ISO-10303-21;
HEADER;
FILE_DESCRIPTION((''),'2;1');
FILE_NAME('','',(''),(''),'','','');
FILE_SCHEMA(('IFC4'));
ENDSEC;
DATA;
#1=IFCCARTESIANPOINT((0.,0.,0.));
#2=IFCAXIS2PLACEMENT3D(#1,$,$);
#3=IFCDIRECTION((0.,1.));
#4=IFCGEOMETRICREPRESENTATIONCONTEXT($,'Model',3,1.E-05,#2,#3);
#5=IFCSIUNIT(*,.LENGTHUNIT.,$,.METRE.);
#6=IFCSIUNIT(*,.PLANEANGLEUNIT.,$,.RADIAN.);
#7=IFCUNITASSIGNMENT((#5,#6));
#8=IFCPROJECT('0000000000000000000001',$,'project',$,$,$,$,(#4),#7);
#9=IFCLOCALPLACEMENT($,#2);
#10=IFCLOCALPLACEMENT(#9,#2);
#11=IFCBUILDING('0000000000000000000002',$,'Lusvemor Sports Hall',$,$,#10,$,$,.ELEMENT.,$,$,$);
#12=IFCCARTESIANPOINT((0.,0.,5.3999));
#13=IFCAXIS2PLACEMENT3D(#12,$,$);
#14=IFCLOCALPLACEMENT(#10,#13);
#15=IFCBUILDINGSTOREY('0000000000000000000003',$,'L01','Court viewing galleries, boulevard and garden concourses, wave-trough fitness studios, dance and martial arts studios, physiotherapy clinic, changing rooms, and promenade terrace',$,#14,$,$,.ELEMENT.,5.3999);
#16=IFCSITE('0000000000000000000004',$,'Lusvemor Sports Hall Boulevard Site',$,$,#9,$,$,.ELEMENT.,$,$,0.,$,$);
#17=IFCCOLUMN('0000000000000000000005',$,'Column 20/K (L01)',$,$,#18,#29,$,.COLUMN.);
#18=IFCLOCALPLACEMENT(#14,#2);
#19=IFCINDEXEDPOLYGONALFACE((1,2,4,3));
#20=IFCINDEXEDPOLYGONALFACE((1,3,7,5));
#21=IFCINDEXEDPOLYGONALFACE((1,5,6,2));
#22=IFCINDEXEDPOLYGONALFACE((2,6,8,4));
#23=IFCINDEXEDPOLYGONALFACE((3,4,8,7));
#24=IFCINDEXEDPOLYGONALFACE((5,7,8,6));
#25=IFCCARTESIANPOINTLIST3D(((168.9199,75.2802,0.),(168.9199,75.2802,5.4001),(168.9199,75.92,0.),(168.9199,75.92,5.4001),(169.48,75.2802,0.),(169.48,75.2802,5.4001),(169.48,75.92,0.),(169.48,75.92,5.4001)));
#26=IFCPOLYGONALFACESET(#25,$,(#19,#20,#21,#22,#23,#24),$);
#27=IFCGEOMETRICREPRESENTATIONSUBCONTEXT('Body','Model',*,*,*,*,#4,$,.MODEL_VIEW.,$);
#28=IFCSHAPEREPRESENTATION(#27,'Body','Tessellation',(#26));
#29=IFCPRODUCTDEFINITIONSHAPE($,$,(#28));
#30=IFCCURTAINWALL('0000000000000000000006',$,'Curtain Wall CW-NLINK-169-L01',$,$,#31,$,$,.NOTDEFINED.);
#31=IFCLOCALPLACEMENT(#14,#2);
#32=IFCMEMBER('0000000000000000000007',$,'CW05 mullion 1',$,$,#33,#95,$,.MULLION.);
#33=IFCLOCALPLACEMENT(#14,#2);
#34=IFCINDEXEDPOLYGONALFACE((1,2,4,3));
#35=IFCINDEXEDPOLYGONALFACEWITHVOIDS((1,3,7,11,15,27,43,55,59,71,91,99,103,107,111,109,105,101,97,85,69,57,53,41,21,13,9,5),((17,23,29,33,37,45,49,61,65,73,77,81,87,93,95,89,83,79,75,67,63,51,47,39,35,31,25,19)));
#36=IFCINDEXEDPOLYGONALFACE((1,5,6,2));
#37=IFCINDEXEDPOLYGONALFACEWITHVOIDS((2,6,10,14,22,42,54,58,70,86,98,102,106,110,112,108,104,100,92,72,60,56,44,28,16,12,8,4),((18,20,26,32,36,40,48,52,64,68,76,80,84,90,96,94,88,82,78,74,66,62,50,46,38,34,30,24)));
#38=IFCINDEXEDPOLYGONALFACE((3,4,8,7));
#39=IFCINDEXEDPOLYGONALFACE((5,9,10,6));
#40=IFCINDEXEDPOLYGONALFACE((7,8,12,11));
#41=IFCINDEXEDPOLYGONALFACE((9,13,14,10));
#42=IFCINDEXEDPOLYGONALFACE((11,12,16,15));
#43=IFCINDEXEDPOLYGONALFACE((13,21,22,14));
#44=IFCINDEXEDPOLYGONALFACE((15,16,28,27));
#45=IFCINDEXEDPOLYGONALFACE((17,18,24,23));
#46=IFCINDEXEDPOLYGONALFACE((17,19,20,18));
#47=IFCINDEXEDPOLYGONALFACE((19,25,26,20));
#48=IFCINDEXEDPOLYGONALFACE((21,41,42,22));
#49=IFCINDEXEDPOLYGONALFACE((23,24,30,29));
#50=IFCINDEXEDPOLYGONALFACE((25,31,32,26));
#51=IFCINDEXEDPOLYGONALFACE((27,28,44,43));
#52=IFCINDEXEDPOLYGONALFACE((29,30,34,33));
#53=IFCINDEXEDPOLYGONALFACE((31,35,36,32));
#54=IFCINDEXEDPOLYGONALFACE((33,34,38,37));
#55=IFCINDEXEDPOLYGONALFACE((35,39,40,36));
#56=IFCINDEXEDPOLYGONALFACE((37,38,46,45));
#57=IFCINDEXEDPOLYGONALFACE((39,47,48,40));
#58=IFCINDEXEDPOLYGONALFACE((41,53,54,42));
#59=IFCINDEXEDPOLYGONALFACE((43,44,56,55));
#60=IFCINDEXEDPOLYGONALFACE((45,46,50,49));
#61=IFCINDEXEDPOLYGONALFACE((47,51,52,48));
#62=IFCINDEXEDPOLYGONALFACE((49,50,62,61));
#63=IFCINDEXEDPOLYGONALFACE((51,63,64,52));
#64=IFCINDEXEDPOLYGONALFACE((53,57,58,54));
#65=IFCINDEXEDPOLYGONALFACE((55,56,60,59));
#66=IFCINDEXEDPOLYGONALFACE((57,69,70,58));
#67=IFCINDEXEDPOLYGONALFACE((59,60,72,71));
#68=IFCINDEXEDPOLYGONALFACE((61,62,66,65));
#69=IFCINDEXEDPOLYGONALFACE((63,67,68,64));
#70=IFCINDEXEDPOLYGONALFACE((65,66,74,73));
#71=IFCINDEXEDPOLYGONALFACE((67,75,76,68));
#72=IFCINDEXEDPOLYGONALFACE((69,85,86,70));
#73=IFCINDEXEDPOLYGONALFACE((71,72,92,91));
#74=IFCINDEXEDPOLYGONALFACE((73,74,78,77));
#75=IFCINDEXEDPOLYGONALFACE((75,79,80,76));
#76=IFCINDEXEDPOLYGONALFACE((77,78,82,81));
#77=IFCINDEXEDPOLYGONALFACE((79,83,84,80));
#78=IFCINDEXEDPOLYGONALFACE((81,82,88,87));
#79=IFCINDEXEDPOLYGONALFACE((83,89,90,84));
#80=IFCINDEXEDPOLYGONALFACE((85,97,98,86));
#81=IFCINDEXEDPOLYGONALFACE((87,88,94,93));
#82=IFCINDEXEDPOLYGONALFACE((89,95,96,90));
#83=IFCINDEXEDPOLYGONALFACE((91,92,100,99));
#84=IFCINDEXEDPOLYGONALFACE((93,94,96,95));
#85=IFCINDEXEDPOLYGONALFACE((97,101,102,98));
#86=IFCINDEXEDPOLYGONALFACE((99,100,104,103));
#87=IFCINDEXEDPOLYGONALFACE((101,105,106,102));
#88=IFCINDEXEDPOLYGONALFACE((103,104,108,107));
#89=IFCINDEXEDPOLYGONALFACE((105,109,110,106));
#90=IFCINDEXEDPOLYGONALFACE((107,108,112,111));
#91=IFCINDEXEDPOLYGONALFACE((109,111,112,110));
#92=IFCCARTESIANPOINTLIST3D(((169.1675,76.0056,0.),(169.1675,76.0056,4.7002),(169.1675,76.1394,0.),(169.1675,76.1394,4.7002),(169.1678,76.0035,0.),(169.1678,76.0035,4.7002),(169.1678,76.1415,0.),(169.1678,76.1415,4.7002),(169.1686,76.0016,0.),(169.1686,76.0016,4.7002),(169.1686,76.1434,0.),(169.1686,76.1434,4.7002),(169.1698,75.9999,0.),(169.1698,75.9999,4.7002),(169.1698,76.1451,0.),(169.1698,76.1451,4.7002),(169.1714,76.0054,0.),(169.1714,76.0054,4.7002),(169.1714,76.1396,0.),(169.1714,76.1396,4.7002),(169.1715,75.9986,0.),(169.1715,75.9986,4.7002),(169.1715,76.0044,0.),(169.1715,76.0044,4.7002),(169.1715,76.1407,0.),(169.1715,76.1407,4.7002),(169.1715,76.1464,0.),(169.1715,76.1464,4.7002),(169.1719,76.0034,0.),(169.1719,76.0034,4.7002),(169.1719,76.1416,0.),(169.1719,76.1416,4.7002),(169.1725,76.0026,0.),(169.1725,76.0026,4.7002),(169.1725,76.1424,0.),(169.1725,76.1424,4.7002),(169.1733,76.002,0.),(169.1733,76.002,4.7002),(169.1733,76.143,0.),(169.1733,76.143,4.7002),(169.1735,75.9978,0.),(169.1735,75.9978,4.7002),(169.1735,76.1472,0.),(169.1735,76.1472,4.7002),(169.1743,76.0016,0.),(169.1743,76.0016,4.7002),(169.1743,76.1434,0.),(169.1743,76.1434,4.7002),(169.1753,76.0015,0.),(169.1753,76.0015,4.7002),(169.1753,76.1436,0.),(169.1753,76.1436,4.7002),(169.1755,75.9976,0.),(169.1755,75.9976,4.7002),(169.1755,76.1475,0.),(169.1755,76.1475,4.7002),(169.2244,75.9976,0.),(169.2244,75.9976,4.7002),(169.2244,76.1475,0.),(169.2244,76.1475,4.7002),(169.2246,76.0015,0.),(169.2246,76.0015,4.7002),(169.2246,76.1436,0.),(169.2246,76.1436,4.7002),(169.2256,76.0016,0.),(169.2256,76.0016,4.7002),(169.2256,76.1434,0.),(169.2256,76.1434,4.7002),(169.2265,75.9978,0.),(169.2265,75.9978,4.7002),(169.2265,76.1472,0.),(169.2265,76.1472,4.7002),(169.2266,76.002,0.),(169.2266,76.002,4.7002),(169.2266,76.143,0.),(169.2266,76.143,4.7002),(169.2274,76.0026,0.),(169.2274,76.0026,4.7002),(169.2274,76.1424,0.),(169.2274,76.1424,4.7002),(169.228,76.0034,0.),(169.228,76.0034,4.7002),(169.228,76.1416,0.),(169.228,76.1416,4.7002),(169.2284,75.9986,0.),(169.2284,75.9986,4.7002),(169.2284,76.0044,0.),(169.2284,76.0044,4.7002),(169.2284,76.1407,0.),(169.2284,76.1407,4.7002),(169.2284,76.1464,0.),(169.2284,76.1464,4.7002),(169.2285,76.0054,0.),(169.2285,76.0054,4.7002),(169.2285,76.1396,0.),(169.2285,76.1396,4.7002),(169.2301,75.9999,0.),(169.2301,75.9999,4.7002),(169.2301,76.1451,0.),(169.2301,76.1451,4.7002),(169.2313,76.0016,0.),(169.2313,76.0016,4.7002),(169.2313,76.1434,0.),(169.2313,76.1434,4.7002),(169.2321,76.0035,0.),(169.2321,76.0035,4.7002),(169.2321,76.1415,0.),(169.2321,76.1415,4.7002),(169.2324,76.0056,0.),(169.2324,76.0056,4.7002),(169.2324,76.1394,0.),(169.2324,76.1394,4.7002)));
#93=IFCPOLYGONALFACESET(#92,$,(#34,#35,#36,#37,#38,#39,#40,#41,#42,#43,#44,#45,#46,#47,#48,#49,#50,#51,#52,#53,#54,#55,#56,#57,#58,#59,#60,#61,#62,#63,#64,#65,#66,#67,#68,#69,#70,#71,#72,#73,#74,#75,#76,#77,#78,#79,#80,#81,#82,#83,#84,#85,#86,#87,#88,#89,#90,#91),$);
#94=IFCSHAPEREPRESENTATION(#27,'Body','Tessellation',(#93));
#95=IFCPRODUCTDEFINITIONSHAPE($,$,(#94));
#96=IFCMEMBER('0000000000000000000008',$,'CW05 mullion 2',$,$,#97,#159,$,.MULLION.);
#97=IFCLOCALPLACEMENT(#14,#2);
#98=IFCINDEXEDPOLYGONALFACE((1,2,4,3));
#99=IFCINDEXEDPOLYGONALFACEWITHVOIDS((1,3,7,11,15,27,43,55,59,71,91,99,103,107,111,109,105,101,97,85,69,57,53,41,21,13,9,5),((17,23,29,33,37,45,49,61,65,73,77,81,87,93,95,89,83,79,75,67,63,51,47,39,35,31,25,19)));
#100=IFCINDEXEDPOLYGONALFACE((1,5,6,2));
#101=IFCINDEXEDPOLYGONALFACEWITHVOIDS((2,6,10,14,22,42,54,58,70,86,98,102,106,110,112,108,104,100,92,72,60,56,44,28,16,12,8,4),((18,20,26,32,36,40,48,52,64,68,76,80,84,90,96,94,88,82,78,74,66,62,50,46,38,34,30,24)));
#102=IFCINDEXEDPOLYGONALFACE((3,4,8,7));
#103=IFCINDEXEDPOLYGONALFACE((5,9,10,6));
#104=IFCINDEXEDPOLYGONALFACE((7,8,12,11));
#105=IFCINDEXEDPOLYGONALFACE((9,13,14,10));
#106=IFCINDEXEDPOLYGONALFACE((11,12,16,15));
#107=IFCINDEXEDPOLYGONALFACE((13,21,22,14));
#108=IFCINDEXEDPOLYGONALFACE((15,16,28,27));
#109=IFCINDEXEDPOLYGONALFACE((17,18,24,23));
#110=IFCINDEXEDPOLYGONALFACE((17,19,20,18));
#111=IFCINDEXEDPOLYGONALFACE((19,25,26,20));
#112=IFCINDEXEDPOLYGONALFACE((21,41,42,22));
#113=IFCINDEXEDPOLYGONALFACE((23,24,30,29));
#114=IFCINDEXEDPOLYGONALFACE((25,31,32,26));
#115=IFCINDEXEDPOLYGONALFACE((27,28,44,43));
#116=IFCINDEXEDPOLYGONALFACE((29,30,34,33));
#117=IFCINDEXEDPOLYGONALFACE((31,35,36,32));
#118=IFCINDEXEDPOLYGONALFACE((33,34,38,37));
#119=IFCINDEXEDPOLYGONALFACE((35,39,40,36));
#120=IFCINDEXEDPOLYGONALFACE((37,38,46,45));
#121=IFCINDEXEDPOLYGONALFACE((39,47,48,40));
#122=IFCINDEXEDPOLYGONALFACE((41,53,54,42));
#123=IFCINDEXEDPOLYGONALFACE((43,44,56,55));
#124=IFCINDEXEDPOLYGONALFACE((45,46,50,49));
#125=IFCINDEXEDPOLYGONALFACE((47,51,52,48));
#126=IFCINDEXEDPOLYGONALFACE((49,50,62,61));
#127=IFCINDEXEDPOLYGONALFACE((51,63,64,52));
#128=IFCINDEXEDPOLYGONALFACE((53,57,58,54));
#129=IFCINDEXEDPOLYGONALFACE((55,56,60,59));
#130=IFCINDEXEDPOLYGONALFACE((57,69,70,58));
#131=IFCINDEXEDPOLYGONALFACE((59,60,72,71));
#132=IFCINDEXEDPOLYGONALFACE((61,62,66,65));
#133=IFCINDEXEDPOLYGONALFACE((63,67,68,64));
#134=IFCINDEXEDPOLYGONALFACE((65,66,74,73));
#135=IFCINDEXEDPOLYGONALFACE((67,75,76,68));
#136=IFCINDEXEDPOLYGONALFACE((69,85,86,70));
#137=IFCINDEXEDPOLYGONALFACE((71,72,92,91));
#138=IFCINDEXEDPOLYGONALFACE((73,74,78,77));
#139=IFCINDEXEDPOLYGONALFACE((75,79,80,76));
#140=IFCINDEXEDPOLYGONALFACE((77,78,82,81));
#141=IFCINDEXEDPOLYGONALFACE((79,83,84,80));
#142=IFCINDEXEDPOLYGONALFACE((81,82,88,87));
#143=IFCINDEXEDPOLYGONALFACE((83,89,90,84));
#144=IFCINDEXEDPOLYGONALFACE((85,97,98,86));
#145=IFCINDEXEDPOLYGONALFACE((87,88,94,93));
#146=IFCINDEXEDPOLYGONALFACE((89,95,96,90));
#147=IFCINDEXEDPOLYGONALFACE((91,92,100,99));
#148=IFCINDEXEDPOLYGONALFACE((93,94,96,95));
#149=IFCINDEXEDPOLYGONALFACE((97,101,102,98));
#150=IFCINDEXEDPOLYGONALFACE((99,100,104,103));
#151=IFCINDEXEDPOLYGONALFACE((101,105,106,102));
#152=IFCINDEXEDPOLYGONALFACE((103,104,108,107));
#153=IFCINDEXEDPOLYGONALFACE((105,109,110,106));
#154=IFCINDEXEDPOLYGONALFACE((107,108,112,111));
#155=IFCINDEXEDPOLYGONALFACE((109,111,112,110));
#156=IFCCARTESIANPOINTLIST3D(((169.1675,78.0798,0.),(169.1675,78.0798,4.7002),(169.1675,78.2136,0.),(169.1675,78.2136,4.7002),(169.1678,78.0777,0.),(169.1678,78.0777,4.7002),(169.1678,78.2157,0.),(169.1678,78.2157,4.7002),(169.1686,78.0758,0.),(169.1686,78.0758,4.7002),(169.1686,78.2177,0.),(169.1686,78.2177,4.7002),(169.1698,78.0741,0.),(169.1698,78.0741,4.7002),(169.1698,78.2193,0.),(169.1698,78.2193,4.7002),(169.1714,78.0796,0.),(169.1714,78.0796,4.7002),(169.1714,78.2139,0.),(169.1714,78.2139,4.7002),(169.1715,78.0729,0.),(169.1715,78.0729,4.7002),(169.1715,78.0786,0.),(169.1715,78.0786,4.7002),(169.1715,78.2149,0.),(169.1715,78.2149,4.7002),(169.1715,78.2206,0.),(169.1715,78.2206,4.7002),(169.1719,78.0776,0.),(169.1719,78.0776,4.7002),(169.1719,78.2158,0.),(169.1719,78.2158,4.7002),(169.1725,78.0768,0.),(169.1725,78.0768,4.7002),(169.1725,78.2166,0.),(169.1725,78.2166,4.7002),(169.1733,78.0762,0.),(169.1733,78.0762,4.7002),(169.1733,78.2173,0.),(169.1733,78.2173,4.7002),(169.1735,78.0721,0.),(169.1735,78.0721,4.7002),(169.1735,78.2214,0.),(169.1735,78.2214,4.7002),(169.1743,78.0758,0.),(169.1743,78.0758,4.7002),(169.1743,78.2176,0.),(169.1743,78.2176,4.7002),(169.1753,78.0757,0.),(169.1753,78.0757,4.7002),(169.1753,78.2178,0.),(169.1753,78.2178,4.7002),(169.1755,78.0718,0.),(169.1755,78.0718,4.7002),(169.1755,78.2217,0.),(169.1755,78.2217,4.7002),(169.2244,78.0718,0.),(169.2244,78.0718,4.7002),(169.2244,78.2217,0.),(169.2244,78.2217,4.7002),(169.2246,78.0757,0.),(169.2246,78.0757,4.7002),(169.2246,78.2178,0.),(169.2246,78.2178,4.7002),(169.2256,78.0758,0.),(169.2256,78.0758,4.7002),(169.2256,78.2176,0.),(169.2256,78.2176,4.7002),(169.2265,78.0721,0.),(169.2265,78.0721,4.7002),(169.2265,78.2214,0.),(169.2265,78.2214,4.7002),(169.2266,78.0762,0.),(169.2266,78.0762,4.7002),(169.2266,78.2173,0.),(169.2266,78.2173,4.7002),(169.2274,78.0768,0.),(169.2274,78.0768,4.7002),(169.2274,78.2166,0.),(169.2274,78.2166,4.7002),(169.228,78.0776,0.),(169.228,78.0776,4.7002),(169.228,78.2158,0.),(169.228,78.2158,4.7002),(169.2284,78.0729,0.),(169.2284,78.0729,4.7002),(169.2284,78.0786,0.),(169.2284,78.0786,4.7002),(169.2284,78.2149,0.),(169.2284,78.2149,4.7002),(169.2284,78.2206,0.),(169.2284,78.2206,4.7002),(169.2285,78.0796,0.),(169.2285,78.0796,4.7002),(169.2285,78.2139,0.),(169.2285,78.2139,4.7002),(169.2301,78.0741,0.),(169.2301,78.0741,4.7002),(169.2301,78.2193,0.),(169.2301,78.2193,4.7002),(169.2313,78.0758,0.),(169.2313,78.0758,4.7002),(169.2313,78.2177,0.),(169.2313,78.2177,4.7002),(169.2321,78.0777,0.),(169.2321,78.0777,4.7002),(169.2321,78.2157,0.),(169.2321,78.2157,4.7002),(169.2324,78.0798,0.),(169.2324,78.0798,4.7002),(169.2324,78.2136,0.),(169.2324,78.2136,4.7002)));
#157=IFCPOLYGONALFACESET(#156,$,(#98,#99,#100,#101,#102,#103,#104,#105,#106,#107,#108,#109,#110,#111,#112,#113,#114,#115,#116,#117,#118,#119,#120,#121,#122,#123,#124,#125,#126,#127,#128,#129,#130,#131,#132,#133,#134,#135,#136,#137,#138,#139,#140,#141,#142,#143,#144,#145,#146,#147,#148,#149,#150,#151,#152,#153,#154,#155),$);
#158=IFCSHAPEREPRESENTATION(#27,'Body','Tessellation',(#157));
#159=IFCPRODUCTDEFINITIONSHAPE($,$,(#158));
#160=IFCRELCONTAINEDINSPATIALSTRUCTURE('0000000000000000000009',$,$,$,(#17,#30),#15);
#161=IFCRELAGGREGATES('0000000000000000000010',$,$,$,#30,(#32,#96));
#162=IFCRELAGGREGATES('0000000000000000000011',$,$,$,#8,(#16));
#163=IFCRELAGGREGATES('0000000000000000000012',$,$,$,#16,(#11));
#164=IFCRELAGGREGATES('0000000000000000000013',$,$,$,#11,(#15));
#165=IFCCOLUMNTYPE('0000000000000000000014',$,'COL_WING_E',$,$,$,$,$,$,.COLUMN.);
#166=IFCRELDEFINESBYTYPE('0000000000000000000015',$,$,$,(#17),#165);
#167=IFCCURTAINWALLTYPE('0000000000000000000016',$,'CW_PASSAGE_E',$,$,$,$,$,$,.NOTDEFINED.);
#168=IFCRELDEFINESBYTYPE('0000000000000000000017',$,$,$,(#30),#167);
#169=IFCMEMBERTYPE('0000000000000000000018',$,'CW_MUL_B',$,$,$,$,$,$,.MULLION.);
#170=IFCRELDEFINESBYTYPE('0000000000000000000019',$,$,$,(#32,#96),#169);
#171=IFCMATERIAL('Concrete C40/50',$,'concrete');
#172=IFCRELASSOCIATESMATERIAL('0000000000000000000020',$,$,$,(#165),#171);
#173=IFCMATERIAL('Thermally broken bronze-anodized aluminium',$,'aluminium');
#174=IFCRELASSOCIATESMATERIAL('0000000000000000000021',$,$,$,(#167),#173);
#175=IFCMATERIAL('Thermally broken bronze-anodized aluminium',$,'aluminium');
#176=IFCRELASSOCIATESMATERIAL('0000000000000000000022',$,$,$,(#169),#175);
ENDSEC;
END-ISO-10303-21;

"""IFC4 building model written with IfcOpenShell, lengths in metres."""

from ifc_helpers import new_model, si_unit, direction, frame, origin, origin_2d, place, context, subcontext, project, spatial, rectangle, hollow_rectangle, extrude, material, material_profile, profile_set, type_object, element, aggregate, save


model = new_model("IFC4")

# Units and contexts
model_context = context("Model", 3, precision=1e-05, world=origin(), true_north=direction((0.0, 1.0)))
body_context = subcontext(model_context, "Body", "Model", "MODEL_VIEW")
ifc_project = project(units=[si_unit("LENGTHUNIT", "METRE"), si_unit("PLANEANGLEUNIT", "RADIAN")], contexts=[model_context])

# Site, building, storey
site_placement = place(None, origin())
site = spatial("IfcSite", under=ifc_project, at=site_placement, Name="Lusvemor Sports Hall Boulevard Site", CompositionType="ELEMENT", RefElevation=0.0)
building_placement = place(site_placement, origin())
building = spatial("IfcBuilding", under=site, at=building_placement, Name="Lusvemor Sports Hall", CompositionType="ELEMENT")
storey_placement = place(building_placement, frame((0.0, 0.0, 5.3999)))
storey = spatial("IfcBuildingStorey", under=building, at=storey_placement, Name="L01", Description="Court viewing galleries, boulevard and garden concourses, wave-trough fitness studios, dance and martial arts studios, physiotherapy clinic, changing rooms, and promenade terrace", CompositionType="ELEMENT", Elevation=5.3999)

# Column
ifc_material_1 = material(Name="Concrete C40/50", Category="concrete")
ifc_material_profile_1 = material_profile(ifc_material_1, rectangle(XDim=0.5601, YDim=0.6399, at=origin_2d()), Name="RC560x640")
ifc_profile_set_1 = profile_set([ifc_material_profile_1], Name="Concrete C40/50")
column_type = type_object("IfcColumnType", Name="COL_WING_E", PredefinedType="COLUMN", material=ifc_profile_set_1)
column_placement = place(storey_placement, frame((169.2, 75.6001, 0.0), z_axis=(0.0, 0.0, 1.0), x_axis=(1.0, 0.0, 0.0)))
element("IfcColumn", 1, at=column_placement, inside=storey, type_object=column_type, Name="Column 20/K (L01)", PredefinedType="COLUMN", context=body_context, shape_type="SweptSolid", body=[
    extrude(rectangle(XDim=0.5601, YDim=0.6399, at=origin_2d()), origin(), (0.0, 0.0, 1.0), 5.4001),
])

# Curtain wall, members
ifc_material_2 = material(Name="Thermally broken bronze-anodized aluminium", Category="aluminium")
curtain_wall_type = type_object("IfcCurtainWallType", Name="CW_PASSAGE_E", PredefinedType="NOTDEFINED", material=ifc_material_2)
curtain_wall_placement = place(storey_placement, origin())
curtain_wall = element("IfcCurtainWall", 2, at=curtain_wall_placement, inside=storey, type_object=curtain_wall_type, Name="Curtain Wall CW-NLINK-169-L01", PredefinedType="NOTDEFINED")
ifc_material_3 = material(Name="Thermally broken bronze-anodized aluminium", Category="aluminium")
ifc_material_profile_2 = material_profile(ifc_material_3, hollow_rectangle(XDim=0.0649, YDim=0.1499, WallThickness=0.0039, InnerFilletRadius=0.0039, OuterFilletRadius=0.0081, at=origin_2d()), Name="CWMUL150x65x4")
ifc_profile_set_2 = profile_set([ifc_material_profile_2], Name="Thermally broken bronze-anodized aluminium")
member_type_1 = type_object("IfcMemberType", Name="CW_MUL_B", PredefinedType="MULLION", material=ifc_profile_set_2)
member_1_placement = place(storey_placement, frame((169.2, 76.0725, 0.0), z_axis=(0.0, 0.0, 1.0), x_axis=(-1.0, 0.0, 0.0)))
member_1 = element("IfcMember", 3, at=member_1_placement, type_object=member_type_1, Name="CW05 mullion 1", PredefinedType="MULLION", context=body_context, shape_type="SweptSolid", body=[
    extrude(hollow_rectangle(XDim=0.0649, YDim=0.1499, WallThickness=0.0039, InnerFilletRadius=0.0039, OuterFilletRadius=0.0081, at=origin_2d()), origin(), (0.0, 0.0, 1.0), 4.7002),
])
member_2_placement = place(storey_placement, frame((169.2, 78.1467, 0.0), z_axis=(0.0, 0.0, 1.0), x_axis=(-1.0, 0.0, 0.0)))
member_2 = element("IfcMember", 4, at=member_2_placement, type_object=member_type_1, Name="CW05 mullion 2", PredefinedType="MULLION", context=body_context, shape_type="SweptSolid", body=[
    extrude(hollow_rectangle(XDim=0.0649, YDim=0.1499, WallThickness=0.0039, InnerFilletRadius=0.0039, OuterFilletRadius=0.0081, at=origin_2d()), origin(), (0.0, 0.0, 1.0), 4.7002),
])

aggregate(curtain_wall, [member_1, member_2])

save(model, "model.ifc")
